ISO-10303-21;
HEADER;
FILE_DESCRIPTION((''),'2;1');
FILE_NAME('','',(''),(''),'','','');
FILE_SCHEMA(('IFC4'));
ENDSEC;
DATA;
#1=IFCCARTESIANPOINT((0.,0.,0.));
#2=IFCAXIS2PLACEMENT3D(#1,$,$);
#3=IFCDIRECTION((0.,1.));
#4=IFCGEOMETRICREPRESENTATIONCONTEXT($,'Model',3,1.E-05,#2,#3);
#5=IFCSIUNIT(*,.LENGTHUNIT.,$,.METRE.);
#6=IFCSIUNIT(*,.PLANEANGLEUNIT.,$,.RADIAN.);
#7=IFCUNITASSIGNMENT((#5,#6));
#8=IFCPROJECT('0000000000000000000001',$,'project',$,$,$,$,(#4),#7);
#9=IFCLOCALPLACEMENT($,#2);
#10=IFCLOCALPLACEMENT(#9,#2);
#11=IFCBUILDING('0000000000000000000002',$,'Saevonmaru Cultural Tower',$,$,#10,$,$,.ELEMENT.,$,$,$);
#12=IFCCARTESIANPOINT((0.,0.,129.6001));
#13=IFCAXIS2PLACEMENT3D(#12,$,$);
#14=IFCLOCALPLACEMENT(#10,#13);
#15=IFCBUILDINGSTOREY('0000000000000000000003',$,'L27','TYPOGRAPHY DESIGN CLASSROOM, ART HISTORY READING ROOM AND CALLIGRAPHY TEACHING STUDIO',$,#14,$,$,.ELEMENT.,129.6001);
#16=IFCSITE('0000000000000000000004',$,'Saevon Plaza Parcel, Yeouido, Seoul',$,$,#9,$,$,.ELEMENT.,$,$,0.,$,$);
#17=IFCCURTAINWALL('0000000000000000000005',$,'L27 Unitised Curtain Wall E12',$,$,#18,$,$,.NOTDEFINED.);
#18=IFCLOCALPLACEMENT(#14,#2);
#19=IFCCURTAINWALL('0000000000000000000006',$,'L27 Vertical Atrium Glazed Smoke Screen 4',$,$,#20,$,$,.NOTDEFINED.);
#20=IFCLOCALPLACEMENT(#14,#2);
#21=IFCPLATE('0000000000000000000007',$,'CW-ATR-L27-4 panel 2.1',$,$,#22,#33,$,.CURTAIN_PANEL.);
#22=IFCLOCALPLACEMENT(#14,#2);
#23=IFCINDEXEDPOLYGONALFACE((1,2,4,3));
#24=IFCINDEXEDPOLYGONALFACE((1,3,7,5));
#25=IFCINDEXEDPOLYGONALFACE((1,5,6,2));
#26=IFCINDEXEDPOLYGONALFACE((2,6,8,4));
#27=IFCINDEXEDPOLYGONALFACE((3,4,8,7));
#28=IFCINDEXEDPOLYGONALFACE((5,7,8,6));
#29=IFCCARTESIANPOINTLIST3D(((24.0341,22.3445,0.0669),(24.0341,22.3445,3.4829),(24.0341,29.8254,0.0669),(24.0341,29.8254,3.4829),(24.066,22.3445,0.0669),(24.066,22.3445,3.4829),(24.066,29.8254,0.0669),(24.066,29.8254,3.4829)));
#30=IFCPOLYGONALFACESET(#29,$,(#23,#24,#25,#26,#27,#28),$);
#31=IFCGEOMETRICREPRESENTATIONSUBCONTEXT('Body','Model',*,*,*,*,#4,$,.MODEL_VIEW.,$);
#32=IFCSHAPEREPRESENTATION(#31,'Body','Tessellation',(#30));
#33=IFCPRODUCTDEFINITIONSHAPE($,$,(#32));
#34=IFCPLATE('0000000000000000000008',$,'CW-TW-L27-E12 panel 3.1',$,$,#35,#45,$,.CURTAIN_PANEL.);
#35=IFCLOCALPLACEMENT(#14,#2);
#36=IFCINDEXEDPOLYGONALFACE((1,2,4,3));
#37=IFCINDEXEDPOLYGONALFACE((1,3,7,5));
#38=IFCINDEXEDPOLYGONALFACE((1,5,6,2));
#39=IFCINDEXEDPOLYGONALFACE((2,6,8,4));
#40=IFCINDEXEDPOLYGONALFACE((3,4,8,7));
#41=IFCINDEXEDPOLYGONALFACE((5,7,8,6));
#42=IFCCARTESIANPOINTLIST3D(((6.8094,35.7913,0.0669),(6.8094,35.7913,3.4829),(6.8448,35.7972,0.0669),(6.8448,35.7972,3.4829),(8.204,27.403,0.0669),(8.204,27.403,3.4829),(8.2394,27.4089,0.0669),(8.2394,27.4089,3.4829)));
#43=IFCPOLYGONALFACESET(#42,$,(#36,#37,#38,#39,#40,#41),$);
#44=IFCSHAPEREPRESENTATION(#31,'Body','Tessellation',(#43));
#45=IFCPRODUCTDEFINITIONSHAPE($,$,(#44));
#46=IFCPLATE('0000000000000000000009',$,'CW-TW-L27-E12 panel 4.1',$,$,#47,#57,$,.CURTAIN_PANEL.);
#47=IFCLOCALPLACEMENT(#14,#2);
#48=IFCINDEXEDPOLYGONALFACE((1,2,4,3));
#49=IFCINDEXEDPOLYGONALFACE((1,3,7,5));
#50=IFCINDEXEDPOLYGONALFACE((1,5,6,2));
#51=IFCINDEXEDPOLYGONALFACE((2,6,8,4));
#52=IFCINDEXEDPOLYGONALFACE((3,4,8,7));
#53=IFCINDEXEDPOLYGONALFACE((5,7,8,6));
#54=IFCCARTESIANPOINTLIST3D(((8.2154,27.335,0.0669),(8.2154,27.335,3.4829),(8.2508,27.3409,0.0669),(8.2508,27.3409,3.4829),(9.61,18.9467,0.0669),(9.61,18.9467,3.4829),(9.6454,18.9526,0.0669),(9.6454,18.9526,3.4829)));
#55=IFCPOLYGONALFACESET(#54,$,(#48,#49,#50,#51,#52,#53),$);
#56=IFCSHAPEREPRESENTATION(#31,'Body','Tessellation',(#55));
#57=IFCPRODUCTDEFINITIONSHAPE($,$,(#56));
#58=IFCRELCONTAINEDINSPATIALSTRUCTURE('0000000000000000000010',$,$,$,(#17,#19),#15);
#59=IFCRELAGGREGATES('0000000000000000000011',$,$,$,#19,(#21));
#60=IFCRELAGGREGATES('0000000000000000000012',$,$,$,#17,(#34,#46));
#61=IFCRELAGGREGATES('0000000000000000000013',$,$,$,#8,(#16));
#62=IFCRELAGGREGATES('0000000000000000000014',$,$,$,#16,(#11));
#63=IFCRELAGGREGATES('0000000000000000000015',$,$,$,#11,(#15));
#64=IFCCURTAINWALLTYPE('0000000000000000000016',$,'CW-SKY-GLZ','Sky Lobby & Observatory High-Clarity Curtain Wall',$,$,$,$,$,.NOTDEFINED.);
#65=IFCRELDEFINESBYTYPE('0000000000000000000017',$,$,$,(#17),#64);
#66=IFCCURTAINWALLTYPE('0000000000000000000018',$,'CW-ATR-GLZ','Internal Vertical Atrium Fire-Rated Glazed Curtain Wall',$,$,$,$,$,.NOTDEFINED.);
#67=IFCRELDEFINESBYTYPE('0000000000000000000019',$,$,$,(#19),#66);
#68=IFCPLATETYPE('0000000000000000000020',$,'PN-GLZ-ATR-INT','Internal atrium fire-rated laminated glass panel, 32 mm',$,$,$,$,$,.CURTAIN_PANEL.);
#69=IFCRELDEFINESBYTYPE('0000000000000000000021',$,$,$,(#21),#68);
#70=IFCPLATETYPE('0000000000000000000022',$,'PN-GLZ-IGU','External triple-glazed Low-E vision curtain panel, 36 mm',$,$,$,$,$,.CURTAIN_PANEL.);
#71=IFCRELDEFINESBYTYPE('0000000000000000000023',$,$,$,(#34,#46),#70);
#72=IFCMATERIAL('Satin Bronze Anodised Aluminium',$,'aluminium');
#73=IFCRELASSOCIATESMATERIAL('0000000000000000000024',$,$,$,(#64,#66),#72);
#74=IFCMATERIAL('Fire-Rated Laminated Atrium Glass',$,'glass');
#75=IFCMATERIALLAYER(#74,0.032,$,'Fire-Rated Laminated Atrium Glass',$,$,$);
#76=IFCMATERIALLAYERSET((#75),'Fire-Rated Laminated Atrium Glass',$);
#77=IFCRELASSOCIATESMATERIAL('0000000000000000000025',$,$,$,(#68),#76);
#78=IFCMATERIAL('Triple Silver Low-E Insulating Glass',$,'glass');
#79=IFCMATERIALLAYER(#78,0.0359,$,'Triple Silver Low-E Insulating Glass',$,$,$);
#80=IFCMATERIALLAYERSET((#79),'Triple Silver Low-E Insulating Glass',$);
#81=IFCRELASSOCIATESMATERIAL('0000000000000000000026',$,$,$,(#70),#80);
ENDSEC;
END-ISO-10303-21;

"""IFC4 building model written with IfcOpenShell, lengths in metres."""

from ifc_helpers import new_model, si_unit, direction, frame, origin, origin_2d, place, context, subcontext, project, spatial, rectangle, extrude, material, layer, layer_set, type_object, element, aggregate, save


model = new_model("IFC4")

# Units and contexts
model_context = context("Model", 3, precision=1e-05, world=origin(), true_north=direction((0.0, 1.0)))
body_context = subcontext(model_context, "Body", "Model", "MODEL_VIEW")
ifc_project = project(units=[si_unit("LENGTHUNIT", "METRE"), si_unit("PLANEANGLEUNIT", "RADIAN")], contexts=[model_context])

# Site, building, storey
site_placement = place(None, origin())
site = spatial("IfcSite", under=ifc_project, at=site_placement, Name="Saevon Plaza Parcel, Yeouido, Seoul", CompositionType="ELEMENT", RefElevation=0.0)
building_placement = place(site_placement, origin())
building = spatial("IfcBuilding", under=site, at=building_placement, Name="Saevonmaru Cultural Tower", CompositionType="ELEMENT")
storey_placement = place(building_placement, frame((0.0, 0.0, 129.6001)))
storey = spatial("IfcBuildingStorey", under=building, at=storey_placement, Name="L27", Description="TYPOGRAPHY DESIGN CLASSROOM, ART HISTORY READING ROOM AND CALLIGRAPHY TEACHING STUDIO", CompositionType="ELEMENT", Elevation=129.6001)

# Curtain wall
ifc_material_1 = material(Name="Satin Bronze Anodised Aluminium", Category="aluminium")
curtain_wall_type_1 = type_object("IfcCurtainWallType", Name="CW-SKY-GLZ", Description="Sky Lobby & Observatory High-Clarity Curtain Wall", PredefinedType="NOTDEFINED", material=ifc_material_1)
curtain_wall_1_placement = place(storey_placement, origin())
curtain_wall_1 = element("IfcCurtainWall", 1, at=curtain_wall_1_placement, inside=storey, type_object=curtain_wall_type_1, Name="L27 Unitised Curtain Wall E12", PredefinedType="NOTDEFINED")

# Shared definitions
curtain_wall_type_2 = type_object("IfcCurtainWallType", Name="CW-ATR-GLZ", Description="Internal Vertical Atrium Fire-Rated Glazed Curtain Wall", PredefinedType="NOTDEFINED", material=ifc_material_1)

# Curtain wall
curtain_wall_2_placement = place(storey_placement, origin())
curtain_wall_2 = element("IfcCurtainWall", 2, at=curtain_wall_2_placement, inside=storey, type_object=curtain_wall_type_2, Name="L27 Vertical Atrium Glazed Smoke Screen 4", PredefinedType="NOTDEFINED")

# Plates
ifc_material_2 = material(Name="Fire-Rated Laminated Atrium Glass", Category="glass")
ifc_layer_1 = layer(ifc_material_2, 0.032, Name="Fire-Rated Laminated Atrium Glass")
ifc_layer_set_1 = layer_set([ifc_layer_1], Name="Fire-Rated Laminated Atrium Glass")
plate_type_1 = type_object("IfcPlateType", Name="PN-GLZ-ATR-INT", Description="Internal atrium fire-rated laminated glass panel, 32 mm", PredefinedType="CURTAIN_PANEL", material=ifc_layer_set_1)
plate_1_placement = place(storey_placement, frame((24.05, 26.085, 0.0669), z_axis=(0.0, 0.0, 1.0), x_axis=(0.0, -1.0, 0.0)))
plate_1 = element("IfcPlate", 3, at=plate_1_placement, type_object=plate_type_1, Name="CW-ATR-L27-4 panel 2.1", PredefinedType="CURTAIN_PANEL", context=body_context, shape_type="SweptSolid", body=[
    extrude(rectangle(XDim=7.481, YDim=0.032, at=origin_2d()), origin(), (0.0, 0.0, 1.0), 3.416),
])
aggregate(curtain_wall_2, [plate_1])
ifc_material_3 = material(Name="Triple Silver Low-E Insulating Glass", Category="glass")
ifc_layer_2 = layer(ifc_material_3, 0.0359, Name="Triple Silver Low-E Insulating Glass")
ifc_layer_set_2 = layer_set([ifc_layer_2], Name="Triple Silver Low-E Insulating Glass")
plate_type_2 = type_object("IfcPlateType", Name="PN-GLZ-IGU", Description="External triple-glazed Low-E vision curtain panel, 36 mm", PredefinedType="CURTAIN_PANEL", material=ifc_layer_set_2)
plate_2_placement = place(storey_placement, frame((7.5244, 31.6001, 0.0669), z_axis=(0.0, 0.0, 1.0), x_axis=(0.163999, -0.986461, 0.0)))
plate_2 = element("IfcPlate", 4, at=plate_2_placement, type_object=plate_type_2, Name="CW-TW-L27-E12 panel 3.1", PredefinedType="CURTAIN_PANEL", context=body_context, shape_type="SweptSolid", body=[
    extrude(rectangle(XDim=8.5034, YDim=0.0359, at=origin_2d()), origin(), (0.0, 0.0, 1.0), 3.416),
])
plate_3_placement = place(storey_placement, frame((8.9304, 23.1438, 0.0669), z_axis=(0.0, 0.0, 1.0), x_axis=(0.163999, -0.986461, 0.0)))
plate_3 = element("IfcPlate", 5, at=plate_3_placement, type_object=plate_type_2, Name="CW-TW-L27-E12 panel 4.1", PredefinedType="CURTAIN_PANEL", context=body_context, shape_type="SweptSolid", body=[
    extrude(rectangle(XDim=8.5034, YDim=0.0359, at=origin_2d()), origin(), (0.0, 0.0, 1.0), 3.416),
])
aggregate(curtain_wall_1, [plate_2, plate_3])

save(model, "model.ifc")
